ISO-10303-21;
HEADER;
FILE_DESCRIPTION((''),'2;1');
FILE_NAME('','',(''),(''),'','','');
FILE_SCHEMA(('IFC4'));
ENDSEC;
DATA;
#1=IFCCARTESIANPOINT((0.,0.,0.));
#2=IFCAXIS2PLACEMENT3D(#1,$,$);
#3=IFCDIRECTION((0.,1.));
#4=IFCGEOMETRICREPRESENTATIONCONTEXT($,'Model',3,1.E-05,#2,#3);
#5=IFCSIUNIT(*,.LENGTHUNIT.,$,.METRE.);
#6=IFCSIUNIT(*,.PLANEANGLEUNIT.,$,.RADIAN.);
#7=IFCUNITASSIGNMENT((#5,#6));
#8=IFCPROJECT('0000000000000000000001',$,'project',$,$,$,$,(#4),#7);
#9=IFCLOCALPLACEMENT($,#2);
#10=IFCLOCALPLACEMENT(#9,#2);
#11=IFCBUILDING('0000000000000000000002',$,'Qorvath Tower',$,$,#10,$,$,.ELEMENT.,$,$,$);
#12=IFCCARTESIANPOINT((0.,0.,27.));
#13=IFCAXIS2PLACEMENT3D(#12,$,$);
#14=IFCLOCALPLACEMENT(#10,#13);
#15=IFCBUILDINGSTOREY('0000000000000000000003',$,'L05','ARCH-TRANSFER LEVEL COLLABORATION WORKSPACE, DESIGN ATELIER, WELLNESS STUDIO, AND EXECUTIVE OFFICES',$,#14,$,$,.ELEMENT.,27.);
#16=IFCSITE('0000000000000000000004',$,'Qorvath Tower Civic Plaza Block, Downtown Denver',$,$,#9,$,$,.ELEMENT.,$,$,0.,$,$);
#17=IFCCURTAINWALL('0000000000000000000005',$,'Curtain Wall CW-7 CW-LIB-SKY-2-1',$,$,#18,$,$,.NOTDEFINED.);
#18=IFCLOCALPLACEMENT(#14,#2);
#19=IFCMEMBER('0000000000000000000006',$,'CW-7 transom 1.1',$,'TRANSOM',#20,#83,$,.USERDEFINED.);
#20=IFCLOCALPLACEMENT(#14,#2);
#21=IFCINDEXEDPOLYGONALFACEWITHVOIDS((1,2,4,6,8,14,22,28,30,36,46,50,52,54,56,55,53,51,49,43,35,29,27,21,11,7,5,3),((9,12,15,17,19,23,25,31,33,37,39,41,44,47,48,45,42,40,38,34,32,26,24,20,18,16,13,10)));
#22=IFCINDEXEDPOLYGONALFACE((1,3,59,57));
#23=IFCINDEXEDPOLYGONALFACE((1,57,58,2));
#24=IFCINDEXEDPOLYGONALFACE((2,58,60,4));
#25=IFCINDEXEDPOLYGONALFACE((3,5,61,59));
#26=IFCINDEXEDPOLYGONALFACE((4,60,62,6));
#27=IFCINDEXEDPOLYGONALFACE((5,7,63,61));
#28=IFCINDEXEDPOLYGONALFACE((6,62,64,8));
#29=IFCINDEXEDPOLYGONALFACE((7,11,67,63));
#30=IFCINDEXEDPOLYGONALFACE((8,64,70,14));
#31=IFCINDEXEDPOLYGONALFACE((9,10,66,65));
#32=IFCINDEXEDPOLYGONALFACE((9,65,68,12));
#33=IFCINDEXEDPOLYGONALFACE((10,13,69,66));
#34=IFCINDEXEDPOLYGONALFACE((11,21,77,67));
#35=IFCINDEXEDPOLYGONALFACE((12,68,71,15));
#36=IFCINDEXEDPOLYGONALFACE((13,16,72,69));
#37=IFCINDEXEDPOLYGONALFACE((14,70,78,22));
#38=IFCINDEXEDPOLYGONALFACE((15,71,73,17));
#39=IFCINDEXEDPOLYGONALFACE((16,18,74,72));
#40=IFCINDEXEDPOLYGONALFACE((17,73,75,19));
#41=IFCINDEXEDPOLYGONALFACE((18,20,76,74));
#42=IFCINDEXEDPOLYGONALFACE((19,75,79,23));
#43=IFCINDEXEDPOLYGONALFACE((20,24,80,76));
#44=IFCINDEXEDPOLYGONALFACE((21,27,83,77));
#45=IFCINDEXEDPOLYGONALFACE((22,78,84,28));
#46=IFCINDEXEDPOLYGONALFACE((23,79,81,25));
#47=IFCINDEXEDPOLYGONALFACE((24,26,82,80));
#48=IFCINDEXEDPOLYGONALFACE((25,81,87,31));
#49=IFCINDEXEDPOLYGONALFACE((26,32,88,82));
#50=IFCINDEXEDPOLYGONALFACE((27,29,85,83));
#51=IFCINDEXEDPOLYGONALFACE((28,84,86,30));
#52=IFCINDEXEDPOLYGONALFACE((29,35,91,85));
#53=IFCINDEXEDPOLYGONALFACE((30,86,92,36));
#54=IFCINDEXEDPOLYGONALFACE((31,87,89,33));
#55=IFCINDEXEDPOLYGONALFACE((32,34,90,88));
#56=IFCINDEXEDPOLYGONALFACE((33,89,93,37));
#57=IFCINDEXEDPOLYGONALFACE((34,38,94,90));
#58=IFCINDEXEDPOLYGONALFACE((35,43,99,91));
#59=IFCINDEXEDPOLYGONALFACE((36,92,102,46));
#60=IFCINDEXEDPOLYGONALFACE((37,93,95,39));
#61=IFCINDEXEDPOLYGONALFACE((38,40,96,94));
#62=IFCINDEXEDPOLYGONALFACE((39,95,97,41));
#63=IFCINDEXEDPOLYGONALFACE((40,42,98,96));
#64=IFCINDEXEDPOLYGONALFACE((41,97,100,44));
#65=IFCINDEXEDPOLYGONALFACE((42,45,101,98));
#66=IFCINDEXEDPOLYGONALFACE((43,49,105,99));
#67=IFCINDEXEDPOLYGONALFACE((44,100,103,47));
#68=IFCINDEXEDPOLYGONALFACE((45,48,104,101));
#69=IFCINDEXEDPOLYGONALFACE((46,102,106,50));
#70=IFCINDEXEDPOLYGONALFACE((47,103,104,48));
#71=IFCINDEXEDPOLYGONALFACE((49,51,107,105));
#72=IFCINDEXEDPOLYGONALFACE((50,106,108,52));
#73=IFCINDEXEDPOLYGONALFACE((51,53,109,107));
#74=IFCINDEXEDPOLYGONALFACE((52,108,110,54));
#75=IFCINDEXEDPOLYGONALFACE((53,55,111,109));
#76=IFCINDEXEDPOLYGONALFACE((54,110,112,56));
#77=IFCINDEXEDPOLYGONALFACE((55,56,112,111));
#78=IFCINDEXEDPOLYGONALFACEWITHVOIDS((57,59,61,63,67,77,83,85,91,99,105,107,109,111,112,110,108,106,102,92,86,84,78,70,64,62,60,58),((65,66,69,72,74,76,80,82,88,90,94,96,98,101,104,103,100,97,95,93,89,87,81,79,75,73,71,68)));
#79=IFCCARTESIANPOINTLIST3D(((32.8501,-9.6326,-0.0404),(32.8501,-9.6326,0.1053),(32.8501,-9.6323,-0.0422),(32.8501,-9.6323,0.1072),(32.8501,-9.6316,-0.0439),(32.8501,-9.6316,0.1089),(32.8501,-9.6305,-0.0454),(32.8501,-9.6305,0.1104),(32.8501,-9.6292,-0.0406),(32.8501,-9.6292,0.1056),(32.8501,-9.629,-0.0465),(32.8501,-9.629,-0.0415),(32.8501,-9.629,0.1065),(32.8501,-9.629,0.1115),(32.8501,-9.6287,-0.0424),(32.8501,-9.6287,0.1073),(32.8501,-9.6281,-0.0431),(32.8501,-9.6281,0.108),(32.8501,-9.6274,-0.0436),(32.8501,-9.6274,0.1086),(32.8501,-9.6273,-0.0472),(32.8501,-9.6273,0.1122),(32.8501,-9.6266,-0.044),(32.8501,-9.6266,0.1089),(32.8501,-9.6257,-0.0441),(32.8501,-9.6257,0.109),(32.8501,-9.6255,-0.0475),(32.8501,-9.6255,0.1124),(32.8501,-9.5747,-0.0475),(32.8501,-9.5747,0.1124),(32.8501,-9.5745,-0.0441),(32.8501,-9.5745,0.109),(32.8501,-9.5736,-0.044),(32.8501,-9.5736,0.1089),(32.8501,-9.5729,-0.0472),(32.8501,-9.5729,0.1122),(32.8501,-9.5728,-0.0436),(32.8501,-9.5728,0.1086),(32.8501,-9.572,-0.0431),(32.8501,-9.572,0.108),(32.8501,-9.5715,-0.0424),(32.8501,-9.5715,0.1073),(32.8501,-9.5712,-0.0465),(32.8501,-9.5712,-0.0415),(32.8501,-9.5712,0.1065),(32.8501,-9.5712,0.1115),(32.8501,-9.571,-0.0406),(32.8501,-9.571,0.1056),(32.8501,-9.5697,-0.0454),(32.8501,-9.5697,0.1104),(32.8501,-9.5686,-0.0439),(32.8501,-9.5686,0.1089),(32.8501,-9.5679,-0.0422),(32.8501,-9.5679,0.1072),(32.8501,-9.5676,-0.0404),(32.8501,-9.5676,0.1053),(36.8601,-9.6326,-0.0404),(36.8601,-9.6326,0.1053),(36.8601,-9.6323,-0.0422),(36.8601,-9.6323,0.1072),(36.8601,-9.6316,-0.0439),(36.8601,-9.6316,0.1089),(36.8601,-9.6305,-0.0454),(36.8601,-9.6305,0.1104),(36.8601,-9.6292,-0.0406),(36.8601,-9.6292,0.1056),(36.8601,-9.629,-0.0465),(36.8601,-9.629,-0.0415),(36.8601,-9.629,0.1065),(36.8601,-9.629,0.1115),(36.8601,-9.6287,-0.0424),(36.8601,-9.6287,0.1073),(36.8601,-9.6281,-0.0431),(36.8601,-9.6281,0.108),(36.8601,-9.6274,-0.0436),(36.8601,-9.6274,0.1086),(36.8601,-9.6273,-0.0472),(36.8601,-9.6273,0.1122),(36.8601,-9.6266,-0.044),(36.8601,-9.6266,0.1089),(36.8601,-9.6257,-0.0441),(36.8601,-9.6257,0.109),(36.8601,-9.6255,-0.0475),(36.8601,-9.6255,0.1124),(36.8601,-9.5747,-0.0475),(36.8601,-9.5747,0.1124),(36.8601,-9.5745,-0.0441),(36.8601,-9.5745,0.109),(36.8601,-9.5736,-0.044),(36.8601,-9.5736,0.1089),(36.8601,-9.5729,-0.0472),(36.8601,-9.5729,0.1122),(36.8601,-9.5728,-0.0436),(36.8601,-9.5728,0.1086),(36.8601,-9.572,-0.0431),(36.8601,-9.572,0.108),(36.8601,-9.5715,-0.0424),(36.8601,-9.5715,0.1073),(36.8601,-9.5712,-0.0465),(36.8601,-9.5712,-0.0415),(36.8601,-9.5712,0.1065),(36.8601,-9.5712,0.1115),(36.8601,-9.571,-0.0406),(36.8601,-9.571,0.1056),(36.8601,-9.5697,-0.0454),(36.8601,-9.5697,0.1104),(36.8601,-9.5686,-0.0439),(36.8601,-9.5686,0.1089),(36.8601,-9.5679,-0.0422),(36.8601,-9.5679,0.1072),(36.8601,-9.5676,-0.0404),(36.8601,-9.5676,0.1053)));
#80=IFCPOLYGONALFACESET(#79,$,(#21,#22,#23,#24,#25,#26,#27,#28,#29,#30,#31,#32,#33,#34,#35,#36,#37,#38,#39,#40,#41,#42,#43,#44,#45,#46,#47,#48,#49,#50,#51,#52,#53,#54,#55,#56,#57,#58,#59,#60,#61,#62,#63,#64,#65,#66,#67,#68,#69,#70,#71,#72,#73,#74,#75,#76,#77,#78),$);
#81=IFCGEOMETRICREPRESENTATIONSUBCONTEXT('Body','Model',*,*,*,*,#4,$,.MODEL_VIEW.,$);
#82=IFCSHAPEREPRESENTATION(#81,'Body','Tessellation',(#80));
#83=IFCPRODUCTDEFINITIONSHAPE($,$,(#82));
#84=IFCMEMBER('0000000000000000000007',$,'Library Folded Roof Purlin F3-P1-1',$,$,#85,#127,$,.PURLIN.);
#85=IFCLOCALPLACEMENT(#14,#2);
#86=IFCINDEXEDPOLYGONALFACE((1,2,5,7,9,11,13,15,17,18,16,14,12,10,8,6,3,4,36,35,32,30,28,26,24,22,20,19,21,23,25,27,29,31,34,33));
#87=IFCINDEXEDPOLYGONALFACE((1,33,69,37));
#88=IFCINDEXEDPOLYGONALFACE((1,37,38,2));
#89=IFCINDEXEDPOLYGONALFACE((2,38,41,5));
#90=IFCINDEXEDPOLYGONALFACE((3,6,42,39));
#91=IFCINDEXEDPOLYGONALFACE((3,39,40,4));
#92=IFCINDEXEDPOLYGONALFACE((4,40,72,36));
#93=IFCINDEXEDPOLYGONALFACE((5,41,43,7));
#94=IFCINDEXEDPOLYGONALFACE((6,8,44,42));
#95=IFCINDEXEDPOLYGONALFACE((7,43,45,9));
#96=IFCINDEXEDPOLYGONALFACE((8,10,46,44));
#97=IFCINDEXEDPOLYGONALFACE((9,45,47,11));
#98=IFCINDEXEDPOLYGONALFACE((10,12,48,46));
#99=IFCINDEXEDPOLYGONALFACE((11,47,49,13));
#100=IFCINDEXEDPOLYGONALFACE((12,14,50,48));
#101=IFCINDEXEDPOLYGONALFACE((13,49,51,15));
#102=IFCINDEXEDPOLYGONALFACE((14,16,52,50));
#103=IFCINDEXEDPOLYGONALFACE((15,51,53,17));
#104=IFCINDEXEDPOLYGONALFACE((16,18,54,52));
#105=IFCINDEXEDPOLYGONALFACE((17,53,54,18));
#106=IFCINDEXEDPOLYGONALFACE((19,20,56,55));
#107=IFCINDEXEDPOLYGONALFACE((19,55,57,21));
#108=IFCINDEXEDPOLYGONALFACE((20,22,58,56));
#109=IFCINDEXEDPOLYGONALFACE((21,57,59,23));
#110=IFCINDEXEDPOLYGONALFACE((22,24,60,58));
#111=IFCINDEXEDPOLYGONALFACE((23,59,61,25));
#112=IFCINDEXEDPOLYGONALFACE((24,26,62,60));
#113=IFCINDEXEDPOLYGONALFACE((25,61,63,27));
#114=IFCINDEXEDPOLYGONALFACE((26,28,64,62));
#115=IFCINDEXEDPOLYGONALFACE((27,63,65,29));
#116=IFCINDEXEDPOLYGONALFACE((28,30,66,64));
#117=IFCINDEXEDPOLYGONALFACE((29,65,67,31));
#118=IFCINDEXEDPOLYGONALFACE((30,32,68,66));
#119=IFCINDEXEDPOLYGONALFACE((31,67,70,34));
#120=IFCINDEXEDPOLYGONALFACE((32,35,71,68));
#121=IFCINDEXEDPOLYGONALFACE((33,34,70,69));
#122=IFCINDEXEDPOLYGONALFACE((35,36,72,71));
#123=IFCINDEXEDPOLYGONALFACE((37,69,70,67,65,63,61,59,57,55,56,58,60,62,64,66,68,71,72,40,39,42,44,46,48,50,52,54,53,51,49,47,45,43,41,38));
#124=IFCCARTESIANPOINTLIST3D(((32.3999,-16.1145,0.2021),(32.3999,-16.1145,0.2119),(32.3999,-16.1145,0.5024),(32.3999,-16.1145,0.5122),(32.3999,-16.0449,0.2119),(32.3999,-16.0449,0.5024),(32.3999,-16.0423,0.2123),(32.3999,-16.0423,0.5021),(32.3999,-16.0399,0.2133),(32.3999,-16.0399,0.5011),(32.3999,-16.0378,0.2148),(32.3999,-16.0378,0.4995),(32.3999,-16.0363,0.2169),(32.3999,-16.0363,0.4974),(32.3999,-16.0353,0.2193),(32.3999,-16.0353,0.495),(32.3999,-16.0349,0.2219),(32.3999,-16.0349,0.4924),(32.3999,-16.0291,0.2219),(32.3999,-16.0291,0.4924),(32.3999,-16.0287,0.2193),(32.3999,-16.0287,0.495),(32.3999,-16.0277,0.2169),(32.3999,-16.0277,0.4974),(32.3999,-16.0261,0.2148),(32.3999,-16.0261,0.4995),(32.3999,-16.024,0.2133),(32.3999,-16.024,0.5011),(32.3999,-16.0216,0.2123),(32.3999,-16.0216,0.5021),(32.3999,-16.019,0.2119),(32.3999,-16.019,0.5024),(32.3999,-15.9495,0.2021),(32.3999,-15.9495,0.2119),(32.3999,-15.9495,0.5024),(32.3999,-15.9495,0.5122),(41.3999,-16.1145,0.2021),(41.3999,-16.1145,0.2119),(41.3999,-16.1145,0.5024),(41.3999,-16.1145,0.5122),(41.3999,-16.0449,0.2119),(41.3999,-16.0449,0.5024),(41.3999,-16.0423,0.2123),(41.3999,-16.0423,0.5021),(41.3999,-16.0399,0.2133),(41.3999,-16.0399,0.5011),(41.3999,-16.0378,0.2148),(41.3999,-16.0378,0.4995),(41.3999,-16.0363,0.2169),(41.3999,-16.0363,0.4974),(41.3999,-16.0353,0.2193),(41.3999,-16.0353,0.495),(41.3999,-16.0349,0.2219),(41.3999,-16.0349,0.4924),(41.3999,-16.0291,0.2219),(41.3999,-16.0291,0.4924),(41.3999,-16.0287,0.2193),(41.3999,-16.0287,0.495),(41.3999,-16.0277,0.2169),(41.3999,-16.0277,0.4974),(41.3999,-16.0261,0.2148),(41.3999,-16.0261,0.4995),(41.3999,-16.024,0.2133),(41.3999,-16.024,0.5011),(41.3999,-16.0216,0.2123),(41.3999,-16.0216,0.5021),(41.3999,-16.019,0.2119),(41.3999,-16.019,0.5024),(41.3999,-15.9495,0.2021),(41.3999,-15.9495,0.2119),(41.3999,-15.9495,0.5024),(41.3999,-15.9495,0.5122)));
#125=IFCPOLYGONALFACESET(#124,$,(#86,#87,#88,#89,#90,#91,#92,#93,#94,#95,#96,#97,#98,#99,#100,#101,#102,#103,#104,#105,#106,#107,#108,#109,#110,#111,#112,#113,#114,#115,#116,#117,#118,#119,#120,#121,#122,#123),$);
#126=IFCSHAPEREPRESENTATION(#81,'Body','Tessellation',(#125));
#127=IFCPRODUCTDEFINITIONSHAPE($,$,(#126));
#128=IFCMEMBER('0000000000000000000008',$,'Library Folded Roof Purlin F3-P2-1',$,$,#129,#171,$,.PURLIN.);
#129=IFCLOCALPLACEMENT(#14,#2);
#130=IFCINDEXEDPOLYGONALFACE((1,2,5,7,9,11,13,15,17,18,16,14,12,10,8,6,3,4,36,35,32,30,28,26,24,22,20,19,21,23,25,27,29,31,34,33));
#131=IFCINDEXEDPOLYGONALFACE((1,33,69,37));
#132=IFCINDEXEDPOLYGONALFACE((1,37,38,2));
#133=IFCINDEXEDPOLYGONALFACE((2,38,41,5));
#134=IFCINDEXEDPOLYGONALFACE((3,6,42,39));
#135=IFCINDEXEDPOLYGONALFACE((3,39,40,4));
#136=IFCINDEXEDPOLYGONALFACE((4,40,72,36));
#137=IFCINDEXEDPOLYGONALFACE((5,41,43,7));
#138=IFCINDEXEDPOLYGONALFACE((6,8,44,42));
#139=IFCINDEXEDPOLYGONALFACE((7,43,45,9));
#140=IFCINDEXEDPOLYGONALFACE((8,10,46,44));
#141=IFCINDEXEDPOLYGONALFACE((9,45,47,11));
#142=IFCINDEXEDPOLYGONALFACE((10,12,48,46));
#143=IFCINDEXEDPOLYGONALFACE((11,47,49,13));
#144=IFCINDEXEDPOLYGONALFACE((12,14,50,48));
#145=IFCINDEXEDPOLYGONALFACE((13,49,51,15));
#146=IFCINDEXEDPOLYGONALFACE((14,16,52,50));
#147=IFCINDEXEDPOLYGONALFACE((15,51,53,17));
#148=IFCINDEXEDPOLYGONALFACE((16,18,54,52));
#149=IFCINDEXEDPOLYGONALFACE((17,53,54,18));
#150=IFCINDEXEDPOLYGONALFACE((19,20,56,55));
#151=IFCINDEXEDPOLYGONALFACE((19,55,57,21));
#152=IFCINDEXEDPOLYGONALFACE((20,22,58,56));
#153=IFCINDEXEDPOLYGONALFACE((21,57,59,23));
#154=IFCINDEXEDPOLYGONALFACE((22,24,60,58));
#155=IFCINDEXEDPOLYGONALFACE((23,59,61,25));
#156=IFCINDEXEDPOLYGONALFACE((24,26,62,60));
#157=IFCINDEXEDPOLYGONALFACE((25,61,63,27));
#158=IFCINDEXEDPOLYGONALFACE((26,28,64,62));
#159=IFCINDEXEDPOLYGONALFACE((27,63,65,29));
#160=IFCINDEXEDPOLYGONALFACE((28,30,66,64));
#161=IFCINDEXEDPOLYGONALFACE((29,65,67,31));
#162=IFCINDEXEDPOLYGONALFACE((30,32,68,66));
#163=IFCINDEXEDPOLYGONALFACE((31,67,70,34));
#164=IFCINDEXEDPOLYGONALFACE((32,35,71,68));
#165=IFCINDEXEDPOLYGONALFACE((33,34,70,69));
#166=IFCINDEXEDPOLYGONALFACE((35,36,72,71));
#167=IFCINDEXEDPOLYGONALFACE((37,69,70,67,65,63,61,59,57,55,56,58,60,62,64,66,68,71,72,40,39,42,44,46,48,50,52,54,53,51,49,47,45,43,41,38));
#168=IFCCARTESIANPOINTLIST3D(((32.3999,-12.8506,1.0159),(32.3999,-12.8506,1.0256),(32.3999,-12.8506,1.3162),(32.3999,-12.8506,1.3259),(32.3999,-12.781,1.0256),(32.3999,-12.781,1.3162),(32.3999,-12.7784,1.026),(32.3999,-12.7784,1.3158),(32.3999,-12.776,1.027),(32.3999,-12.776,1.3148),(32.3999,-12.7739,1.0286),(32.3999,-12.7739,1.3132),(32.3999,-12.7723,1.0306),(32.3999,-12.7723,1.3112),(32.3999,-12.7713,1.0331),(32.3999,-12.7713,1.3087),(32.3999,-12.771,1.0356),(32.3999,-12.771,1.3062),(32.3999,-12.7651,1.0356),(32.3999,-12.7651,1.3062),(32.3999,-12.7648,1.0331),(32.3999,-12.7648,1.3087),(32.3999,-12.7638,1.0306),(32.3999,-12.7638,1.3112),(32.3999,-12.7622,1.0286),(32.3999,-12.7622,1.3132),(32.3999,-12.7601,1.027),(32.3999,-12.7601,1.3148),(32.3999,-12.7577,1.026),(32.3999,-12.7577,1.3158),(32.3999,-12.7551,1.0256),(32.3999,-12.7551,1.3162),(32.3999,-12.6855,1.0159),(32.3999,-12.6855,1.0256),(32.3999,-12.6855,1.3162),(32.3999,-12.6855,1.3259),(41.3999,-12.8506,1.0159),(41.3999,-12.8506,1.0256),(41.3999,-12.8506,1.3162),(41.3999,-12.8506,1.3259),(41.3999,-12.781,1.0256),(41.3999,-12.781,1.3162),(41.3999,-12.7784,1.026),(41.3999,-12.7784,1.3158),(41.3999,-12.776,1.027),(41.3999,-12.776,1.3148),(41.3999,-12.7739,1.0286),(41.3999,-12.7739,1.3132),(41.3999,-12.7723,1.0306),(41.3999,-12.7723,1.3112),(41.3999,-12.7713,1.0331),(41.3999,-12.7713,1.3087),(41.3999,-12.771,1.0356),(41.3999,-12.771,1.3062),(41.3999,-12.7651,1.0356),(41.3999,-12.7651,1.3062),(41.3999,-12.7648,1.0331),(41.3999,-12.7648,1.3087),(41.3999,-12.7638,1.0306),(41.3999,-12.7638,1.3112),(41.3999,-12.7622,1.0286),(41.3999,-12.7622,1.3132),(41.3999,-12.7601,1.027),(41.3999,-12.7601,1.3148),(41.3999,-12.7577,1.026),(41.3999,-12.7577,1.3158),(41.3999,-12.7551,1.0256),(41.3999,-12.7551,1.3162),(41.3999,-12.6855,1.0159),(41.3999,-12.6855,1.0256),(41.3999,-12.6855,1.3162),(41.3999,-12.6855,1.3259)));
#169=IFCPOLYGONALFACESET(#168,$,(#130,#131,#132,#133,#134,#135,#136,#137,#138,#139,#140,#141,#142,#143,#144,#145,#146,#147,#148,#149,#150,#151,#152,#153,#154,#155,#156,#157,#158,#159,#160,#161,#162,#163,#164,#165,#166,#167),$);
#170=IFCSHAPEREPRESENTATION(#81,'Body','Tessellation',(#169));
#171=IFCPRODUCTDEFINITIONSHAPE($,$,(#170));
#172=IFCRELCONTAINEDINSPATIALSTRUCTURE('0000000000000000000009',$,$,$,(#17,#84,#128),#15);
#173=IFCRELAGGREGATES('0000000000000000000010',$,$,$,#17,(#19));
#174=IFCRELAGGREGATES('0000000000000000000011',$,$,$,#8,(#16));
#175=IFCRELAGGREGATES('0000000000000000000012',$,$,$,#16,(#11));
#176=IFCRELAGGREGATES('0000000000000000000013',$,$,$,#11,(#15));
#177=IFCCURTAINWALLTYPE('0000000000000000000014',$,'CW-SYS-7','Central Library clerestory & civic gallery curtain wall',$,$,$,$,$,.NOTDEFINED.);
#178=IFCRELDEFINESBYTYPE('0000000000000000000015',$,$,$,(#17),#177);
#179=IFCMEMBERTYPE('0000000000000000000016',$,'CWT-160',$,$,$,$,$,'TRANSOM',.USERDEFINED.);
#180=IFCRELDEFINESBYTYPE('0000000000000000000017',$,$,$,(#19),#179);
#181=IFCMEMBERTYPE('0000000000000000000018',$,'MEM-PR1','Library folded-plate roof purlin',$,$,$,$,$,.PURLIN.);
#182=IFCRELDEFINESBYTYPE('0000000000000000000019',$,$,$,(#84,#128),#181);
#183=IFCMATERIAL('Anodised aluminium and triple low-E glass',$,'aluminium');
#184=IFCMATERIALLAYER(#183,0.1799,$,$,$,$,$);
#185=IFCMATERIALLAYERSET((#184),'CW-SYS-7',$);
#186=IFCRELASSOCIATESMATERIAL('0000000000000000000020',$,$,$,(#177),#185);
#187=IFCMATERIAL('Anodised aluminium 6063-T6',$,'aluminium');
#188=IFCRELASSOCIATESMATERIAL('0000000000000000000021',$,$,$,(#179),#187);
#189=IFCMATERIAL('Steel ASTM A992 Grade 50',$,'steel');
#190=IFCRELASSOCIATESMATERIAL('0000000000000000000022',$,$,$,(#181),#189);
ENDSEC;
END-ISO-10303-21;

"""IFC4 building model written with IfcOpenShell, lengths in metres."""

from ifc_helpers import new_model, si_unit, direction, frame, origin, origin_2d, place, context, subcontext, project, spatial, hollow_rectangle, i_section, extrude, material, layer, layer_set, material_profile, profile_set, type_object, element, aggregate, save


model = new_model("IFC4")

# Units and contexts
model_context = context("Model", 3, precision=1e-05, world=origin(), true_north=direction((0.0, 1.0)))
body_context = subcontext(model_context, "Body", "Model", "MODEL_VIEW")
ifc_project = project(units=[si_unit("LENGTHUNIT", "METRE"), si_unit("PLANEANGLEUNIT", "RADIAN")], contexts=[model_context])

# Site, building, storey
site_placement = place(None, origin())
site = spatial("IfcSite", under=ifc_project, at=site_placement, Name="Qorvath Tower Civic Plaza Block, Downtown Denver", CompositionType="ELEMENT", RefElevation=0.0)
building_placement = place(site_placement, origin())
building = spatial("IfcBuilding", under=site, at=building_placement, Name="Qorvath Tower", CompositionType="ELEMENT")
storey_placement = place(building_placement, frame((0.0, 0.0, 27.0)))
storey = spatial("IfcBuildingStorey", under=building, at=storey_placement, Name="L05", Description="ARCH-TRANSFER LEVEL COLLABORATION WORKSPACE, DESIGN ATELIER, WELLNESS STUDIO, AND EXECUTIVE OFFICES", CompositionType="ELEMENT", Elevation=27.0)

# Curtain wall, member
ifc_material_1 = material(Name="Anodised aluminium and triple low-E glass", Category="aluminium")
ifc_layer_1 = layer(ifc_material_1, 0.1799)
ifc_layer_set_1 = layer_set([ifc_layer_1], Name="CW-SYS-7")
curtain_wall_type = type_object("IfcCurtainWallType", Name="CW-SYS-7", Description="Central Library clerestory & civic gallery curtain wall", PredefinedType="NOTDEFINED", material=ifc_layer_set_1)
curtain_wall_placement = place(storey_placement, origin())
curtain_wall = element("IfcCurtainWall", 1, at=curtain_wall_placement, inside=storey, type_object=curtain_wall_type, Name="Curtain Wall CW-7 CW-LIB-SKY-2-1", PredefinedType="NOTDEFINED")
ifc_material_2 = material(Name="Anodised aluminium 6063-T6", Category="aluminium")
ifc_material_profile_1 = material_profile(ifc_material_2, hollow_rectangle(XDim=0.0649, YDim=0.1599, WallThickness=0.0034, InnerFilletRadius=0.0034, OuterFilletRadius=0.0071, at=origin_2d()), Name="CWT 160x65")
ifc_profile_set_1 = profile_set([ifc_material_profile_1], Name="Anodised aluminium 6063-T6")
member_type_1 = type_object("IfcMemberType", Name="CWT-160", ElementType="TRANSOM", PredefinedType="USERDEFINED", material=ifc_profile_set_1)
member_1_placement = place(storey_placement, frame((32.8501, -9.6001, 0.0325), z_axis=(1.0, 0.0, 0.0), x_axis=(0.0, 1.0, 0.0)))
member_1 = element("IfcMember", 2, at=member_1_placement, type_object=member_type_1, Name="CW-7 transom 1.1", ObjectType="TRANSOM", PredefinedType="USERDEFINED", context=body_context, shape_type="SweptSolid", body=[
    extrude(hollow_rectangle(XDim=0.0649, YDim=0.1599, WallThickness=0.0034, InnerFilletRadius=0.0034, OuterFilletRadius=0.0071, at=origin_2d()), origin(), (0.0, 0.0, 1.0), 4.01),
])
aggregate(curtain_wall, [member_1])

# Members
ifc_material_3 = material(Name="Steel ASTM A992 Grade 50", Category="steel")
ifc_material_profile_2 = material_profile(ifc_material_3, i_section(OverallWidth=0.165, OverallDepth=0.3101, WebThickness=0.0059, FlangeThickness=0.0098, FilletRadius=0.01, at=origin_2d()), Name="W12x26")
ifc_profile_set_2 = profile_set([ifc_material_profile_2], Name="Steel ASTM A992 Grade 50")
member_type_2 = type_object("IfcMemberType", Name="MEM-PR1", Description="Library folded-plate roof purlin", PredefinedType="PURLIN", material=ifc_profile_set_2)
for number, where, z_axis, x_axis, name in (
    (3, (32.3999, -16.032, 0.3572), (1.0, 0.0, 0.0), (0.0, 1.0, 0.0), "Library Folded Roof Purlin F3-P1-1"),
    (4, (32.3999, -12.7681, 1.1709), (1.0, 0.0, 0.0), (0.0, 1.0, 0.0), "Library Folded Roof Purlin F3-P2-1"),
):
    element("IfcMember", number, at=place(storey_placement, frame(where, z_axis=z_axis, x_axis=x_axis)), inside=storey, type_object=member_type_2, Name=name, PredefinedType="PURLIN", context=body_context, shape_type="SweptSolid", body=[
        extrude(i_section(OverallWidth=0.165, OverallDepth=0.3101, WebThickness=0.0059, FlangeThickness=0.0098, FilletRadius=0.01, at=origin_2d()), origin(), (0.0, 0.0, 1.0), 9.0),
    ])

save(model, "model.ifc")
